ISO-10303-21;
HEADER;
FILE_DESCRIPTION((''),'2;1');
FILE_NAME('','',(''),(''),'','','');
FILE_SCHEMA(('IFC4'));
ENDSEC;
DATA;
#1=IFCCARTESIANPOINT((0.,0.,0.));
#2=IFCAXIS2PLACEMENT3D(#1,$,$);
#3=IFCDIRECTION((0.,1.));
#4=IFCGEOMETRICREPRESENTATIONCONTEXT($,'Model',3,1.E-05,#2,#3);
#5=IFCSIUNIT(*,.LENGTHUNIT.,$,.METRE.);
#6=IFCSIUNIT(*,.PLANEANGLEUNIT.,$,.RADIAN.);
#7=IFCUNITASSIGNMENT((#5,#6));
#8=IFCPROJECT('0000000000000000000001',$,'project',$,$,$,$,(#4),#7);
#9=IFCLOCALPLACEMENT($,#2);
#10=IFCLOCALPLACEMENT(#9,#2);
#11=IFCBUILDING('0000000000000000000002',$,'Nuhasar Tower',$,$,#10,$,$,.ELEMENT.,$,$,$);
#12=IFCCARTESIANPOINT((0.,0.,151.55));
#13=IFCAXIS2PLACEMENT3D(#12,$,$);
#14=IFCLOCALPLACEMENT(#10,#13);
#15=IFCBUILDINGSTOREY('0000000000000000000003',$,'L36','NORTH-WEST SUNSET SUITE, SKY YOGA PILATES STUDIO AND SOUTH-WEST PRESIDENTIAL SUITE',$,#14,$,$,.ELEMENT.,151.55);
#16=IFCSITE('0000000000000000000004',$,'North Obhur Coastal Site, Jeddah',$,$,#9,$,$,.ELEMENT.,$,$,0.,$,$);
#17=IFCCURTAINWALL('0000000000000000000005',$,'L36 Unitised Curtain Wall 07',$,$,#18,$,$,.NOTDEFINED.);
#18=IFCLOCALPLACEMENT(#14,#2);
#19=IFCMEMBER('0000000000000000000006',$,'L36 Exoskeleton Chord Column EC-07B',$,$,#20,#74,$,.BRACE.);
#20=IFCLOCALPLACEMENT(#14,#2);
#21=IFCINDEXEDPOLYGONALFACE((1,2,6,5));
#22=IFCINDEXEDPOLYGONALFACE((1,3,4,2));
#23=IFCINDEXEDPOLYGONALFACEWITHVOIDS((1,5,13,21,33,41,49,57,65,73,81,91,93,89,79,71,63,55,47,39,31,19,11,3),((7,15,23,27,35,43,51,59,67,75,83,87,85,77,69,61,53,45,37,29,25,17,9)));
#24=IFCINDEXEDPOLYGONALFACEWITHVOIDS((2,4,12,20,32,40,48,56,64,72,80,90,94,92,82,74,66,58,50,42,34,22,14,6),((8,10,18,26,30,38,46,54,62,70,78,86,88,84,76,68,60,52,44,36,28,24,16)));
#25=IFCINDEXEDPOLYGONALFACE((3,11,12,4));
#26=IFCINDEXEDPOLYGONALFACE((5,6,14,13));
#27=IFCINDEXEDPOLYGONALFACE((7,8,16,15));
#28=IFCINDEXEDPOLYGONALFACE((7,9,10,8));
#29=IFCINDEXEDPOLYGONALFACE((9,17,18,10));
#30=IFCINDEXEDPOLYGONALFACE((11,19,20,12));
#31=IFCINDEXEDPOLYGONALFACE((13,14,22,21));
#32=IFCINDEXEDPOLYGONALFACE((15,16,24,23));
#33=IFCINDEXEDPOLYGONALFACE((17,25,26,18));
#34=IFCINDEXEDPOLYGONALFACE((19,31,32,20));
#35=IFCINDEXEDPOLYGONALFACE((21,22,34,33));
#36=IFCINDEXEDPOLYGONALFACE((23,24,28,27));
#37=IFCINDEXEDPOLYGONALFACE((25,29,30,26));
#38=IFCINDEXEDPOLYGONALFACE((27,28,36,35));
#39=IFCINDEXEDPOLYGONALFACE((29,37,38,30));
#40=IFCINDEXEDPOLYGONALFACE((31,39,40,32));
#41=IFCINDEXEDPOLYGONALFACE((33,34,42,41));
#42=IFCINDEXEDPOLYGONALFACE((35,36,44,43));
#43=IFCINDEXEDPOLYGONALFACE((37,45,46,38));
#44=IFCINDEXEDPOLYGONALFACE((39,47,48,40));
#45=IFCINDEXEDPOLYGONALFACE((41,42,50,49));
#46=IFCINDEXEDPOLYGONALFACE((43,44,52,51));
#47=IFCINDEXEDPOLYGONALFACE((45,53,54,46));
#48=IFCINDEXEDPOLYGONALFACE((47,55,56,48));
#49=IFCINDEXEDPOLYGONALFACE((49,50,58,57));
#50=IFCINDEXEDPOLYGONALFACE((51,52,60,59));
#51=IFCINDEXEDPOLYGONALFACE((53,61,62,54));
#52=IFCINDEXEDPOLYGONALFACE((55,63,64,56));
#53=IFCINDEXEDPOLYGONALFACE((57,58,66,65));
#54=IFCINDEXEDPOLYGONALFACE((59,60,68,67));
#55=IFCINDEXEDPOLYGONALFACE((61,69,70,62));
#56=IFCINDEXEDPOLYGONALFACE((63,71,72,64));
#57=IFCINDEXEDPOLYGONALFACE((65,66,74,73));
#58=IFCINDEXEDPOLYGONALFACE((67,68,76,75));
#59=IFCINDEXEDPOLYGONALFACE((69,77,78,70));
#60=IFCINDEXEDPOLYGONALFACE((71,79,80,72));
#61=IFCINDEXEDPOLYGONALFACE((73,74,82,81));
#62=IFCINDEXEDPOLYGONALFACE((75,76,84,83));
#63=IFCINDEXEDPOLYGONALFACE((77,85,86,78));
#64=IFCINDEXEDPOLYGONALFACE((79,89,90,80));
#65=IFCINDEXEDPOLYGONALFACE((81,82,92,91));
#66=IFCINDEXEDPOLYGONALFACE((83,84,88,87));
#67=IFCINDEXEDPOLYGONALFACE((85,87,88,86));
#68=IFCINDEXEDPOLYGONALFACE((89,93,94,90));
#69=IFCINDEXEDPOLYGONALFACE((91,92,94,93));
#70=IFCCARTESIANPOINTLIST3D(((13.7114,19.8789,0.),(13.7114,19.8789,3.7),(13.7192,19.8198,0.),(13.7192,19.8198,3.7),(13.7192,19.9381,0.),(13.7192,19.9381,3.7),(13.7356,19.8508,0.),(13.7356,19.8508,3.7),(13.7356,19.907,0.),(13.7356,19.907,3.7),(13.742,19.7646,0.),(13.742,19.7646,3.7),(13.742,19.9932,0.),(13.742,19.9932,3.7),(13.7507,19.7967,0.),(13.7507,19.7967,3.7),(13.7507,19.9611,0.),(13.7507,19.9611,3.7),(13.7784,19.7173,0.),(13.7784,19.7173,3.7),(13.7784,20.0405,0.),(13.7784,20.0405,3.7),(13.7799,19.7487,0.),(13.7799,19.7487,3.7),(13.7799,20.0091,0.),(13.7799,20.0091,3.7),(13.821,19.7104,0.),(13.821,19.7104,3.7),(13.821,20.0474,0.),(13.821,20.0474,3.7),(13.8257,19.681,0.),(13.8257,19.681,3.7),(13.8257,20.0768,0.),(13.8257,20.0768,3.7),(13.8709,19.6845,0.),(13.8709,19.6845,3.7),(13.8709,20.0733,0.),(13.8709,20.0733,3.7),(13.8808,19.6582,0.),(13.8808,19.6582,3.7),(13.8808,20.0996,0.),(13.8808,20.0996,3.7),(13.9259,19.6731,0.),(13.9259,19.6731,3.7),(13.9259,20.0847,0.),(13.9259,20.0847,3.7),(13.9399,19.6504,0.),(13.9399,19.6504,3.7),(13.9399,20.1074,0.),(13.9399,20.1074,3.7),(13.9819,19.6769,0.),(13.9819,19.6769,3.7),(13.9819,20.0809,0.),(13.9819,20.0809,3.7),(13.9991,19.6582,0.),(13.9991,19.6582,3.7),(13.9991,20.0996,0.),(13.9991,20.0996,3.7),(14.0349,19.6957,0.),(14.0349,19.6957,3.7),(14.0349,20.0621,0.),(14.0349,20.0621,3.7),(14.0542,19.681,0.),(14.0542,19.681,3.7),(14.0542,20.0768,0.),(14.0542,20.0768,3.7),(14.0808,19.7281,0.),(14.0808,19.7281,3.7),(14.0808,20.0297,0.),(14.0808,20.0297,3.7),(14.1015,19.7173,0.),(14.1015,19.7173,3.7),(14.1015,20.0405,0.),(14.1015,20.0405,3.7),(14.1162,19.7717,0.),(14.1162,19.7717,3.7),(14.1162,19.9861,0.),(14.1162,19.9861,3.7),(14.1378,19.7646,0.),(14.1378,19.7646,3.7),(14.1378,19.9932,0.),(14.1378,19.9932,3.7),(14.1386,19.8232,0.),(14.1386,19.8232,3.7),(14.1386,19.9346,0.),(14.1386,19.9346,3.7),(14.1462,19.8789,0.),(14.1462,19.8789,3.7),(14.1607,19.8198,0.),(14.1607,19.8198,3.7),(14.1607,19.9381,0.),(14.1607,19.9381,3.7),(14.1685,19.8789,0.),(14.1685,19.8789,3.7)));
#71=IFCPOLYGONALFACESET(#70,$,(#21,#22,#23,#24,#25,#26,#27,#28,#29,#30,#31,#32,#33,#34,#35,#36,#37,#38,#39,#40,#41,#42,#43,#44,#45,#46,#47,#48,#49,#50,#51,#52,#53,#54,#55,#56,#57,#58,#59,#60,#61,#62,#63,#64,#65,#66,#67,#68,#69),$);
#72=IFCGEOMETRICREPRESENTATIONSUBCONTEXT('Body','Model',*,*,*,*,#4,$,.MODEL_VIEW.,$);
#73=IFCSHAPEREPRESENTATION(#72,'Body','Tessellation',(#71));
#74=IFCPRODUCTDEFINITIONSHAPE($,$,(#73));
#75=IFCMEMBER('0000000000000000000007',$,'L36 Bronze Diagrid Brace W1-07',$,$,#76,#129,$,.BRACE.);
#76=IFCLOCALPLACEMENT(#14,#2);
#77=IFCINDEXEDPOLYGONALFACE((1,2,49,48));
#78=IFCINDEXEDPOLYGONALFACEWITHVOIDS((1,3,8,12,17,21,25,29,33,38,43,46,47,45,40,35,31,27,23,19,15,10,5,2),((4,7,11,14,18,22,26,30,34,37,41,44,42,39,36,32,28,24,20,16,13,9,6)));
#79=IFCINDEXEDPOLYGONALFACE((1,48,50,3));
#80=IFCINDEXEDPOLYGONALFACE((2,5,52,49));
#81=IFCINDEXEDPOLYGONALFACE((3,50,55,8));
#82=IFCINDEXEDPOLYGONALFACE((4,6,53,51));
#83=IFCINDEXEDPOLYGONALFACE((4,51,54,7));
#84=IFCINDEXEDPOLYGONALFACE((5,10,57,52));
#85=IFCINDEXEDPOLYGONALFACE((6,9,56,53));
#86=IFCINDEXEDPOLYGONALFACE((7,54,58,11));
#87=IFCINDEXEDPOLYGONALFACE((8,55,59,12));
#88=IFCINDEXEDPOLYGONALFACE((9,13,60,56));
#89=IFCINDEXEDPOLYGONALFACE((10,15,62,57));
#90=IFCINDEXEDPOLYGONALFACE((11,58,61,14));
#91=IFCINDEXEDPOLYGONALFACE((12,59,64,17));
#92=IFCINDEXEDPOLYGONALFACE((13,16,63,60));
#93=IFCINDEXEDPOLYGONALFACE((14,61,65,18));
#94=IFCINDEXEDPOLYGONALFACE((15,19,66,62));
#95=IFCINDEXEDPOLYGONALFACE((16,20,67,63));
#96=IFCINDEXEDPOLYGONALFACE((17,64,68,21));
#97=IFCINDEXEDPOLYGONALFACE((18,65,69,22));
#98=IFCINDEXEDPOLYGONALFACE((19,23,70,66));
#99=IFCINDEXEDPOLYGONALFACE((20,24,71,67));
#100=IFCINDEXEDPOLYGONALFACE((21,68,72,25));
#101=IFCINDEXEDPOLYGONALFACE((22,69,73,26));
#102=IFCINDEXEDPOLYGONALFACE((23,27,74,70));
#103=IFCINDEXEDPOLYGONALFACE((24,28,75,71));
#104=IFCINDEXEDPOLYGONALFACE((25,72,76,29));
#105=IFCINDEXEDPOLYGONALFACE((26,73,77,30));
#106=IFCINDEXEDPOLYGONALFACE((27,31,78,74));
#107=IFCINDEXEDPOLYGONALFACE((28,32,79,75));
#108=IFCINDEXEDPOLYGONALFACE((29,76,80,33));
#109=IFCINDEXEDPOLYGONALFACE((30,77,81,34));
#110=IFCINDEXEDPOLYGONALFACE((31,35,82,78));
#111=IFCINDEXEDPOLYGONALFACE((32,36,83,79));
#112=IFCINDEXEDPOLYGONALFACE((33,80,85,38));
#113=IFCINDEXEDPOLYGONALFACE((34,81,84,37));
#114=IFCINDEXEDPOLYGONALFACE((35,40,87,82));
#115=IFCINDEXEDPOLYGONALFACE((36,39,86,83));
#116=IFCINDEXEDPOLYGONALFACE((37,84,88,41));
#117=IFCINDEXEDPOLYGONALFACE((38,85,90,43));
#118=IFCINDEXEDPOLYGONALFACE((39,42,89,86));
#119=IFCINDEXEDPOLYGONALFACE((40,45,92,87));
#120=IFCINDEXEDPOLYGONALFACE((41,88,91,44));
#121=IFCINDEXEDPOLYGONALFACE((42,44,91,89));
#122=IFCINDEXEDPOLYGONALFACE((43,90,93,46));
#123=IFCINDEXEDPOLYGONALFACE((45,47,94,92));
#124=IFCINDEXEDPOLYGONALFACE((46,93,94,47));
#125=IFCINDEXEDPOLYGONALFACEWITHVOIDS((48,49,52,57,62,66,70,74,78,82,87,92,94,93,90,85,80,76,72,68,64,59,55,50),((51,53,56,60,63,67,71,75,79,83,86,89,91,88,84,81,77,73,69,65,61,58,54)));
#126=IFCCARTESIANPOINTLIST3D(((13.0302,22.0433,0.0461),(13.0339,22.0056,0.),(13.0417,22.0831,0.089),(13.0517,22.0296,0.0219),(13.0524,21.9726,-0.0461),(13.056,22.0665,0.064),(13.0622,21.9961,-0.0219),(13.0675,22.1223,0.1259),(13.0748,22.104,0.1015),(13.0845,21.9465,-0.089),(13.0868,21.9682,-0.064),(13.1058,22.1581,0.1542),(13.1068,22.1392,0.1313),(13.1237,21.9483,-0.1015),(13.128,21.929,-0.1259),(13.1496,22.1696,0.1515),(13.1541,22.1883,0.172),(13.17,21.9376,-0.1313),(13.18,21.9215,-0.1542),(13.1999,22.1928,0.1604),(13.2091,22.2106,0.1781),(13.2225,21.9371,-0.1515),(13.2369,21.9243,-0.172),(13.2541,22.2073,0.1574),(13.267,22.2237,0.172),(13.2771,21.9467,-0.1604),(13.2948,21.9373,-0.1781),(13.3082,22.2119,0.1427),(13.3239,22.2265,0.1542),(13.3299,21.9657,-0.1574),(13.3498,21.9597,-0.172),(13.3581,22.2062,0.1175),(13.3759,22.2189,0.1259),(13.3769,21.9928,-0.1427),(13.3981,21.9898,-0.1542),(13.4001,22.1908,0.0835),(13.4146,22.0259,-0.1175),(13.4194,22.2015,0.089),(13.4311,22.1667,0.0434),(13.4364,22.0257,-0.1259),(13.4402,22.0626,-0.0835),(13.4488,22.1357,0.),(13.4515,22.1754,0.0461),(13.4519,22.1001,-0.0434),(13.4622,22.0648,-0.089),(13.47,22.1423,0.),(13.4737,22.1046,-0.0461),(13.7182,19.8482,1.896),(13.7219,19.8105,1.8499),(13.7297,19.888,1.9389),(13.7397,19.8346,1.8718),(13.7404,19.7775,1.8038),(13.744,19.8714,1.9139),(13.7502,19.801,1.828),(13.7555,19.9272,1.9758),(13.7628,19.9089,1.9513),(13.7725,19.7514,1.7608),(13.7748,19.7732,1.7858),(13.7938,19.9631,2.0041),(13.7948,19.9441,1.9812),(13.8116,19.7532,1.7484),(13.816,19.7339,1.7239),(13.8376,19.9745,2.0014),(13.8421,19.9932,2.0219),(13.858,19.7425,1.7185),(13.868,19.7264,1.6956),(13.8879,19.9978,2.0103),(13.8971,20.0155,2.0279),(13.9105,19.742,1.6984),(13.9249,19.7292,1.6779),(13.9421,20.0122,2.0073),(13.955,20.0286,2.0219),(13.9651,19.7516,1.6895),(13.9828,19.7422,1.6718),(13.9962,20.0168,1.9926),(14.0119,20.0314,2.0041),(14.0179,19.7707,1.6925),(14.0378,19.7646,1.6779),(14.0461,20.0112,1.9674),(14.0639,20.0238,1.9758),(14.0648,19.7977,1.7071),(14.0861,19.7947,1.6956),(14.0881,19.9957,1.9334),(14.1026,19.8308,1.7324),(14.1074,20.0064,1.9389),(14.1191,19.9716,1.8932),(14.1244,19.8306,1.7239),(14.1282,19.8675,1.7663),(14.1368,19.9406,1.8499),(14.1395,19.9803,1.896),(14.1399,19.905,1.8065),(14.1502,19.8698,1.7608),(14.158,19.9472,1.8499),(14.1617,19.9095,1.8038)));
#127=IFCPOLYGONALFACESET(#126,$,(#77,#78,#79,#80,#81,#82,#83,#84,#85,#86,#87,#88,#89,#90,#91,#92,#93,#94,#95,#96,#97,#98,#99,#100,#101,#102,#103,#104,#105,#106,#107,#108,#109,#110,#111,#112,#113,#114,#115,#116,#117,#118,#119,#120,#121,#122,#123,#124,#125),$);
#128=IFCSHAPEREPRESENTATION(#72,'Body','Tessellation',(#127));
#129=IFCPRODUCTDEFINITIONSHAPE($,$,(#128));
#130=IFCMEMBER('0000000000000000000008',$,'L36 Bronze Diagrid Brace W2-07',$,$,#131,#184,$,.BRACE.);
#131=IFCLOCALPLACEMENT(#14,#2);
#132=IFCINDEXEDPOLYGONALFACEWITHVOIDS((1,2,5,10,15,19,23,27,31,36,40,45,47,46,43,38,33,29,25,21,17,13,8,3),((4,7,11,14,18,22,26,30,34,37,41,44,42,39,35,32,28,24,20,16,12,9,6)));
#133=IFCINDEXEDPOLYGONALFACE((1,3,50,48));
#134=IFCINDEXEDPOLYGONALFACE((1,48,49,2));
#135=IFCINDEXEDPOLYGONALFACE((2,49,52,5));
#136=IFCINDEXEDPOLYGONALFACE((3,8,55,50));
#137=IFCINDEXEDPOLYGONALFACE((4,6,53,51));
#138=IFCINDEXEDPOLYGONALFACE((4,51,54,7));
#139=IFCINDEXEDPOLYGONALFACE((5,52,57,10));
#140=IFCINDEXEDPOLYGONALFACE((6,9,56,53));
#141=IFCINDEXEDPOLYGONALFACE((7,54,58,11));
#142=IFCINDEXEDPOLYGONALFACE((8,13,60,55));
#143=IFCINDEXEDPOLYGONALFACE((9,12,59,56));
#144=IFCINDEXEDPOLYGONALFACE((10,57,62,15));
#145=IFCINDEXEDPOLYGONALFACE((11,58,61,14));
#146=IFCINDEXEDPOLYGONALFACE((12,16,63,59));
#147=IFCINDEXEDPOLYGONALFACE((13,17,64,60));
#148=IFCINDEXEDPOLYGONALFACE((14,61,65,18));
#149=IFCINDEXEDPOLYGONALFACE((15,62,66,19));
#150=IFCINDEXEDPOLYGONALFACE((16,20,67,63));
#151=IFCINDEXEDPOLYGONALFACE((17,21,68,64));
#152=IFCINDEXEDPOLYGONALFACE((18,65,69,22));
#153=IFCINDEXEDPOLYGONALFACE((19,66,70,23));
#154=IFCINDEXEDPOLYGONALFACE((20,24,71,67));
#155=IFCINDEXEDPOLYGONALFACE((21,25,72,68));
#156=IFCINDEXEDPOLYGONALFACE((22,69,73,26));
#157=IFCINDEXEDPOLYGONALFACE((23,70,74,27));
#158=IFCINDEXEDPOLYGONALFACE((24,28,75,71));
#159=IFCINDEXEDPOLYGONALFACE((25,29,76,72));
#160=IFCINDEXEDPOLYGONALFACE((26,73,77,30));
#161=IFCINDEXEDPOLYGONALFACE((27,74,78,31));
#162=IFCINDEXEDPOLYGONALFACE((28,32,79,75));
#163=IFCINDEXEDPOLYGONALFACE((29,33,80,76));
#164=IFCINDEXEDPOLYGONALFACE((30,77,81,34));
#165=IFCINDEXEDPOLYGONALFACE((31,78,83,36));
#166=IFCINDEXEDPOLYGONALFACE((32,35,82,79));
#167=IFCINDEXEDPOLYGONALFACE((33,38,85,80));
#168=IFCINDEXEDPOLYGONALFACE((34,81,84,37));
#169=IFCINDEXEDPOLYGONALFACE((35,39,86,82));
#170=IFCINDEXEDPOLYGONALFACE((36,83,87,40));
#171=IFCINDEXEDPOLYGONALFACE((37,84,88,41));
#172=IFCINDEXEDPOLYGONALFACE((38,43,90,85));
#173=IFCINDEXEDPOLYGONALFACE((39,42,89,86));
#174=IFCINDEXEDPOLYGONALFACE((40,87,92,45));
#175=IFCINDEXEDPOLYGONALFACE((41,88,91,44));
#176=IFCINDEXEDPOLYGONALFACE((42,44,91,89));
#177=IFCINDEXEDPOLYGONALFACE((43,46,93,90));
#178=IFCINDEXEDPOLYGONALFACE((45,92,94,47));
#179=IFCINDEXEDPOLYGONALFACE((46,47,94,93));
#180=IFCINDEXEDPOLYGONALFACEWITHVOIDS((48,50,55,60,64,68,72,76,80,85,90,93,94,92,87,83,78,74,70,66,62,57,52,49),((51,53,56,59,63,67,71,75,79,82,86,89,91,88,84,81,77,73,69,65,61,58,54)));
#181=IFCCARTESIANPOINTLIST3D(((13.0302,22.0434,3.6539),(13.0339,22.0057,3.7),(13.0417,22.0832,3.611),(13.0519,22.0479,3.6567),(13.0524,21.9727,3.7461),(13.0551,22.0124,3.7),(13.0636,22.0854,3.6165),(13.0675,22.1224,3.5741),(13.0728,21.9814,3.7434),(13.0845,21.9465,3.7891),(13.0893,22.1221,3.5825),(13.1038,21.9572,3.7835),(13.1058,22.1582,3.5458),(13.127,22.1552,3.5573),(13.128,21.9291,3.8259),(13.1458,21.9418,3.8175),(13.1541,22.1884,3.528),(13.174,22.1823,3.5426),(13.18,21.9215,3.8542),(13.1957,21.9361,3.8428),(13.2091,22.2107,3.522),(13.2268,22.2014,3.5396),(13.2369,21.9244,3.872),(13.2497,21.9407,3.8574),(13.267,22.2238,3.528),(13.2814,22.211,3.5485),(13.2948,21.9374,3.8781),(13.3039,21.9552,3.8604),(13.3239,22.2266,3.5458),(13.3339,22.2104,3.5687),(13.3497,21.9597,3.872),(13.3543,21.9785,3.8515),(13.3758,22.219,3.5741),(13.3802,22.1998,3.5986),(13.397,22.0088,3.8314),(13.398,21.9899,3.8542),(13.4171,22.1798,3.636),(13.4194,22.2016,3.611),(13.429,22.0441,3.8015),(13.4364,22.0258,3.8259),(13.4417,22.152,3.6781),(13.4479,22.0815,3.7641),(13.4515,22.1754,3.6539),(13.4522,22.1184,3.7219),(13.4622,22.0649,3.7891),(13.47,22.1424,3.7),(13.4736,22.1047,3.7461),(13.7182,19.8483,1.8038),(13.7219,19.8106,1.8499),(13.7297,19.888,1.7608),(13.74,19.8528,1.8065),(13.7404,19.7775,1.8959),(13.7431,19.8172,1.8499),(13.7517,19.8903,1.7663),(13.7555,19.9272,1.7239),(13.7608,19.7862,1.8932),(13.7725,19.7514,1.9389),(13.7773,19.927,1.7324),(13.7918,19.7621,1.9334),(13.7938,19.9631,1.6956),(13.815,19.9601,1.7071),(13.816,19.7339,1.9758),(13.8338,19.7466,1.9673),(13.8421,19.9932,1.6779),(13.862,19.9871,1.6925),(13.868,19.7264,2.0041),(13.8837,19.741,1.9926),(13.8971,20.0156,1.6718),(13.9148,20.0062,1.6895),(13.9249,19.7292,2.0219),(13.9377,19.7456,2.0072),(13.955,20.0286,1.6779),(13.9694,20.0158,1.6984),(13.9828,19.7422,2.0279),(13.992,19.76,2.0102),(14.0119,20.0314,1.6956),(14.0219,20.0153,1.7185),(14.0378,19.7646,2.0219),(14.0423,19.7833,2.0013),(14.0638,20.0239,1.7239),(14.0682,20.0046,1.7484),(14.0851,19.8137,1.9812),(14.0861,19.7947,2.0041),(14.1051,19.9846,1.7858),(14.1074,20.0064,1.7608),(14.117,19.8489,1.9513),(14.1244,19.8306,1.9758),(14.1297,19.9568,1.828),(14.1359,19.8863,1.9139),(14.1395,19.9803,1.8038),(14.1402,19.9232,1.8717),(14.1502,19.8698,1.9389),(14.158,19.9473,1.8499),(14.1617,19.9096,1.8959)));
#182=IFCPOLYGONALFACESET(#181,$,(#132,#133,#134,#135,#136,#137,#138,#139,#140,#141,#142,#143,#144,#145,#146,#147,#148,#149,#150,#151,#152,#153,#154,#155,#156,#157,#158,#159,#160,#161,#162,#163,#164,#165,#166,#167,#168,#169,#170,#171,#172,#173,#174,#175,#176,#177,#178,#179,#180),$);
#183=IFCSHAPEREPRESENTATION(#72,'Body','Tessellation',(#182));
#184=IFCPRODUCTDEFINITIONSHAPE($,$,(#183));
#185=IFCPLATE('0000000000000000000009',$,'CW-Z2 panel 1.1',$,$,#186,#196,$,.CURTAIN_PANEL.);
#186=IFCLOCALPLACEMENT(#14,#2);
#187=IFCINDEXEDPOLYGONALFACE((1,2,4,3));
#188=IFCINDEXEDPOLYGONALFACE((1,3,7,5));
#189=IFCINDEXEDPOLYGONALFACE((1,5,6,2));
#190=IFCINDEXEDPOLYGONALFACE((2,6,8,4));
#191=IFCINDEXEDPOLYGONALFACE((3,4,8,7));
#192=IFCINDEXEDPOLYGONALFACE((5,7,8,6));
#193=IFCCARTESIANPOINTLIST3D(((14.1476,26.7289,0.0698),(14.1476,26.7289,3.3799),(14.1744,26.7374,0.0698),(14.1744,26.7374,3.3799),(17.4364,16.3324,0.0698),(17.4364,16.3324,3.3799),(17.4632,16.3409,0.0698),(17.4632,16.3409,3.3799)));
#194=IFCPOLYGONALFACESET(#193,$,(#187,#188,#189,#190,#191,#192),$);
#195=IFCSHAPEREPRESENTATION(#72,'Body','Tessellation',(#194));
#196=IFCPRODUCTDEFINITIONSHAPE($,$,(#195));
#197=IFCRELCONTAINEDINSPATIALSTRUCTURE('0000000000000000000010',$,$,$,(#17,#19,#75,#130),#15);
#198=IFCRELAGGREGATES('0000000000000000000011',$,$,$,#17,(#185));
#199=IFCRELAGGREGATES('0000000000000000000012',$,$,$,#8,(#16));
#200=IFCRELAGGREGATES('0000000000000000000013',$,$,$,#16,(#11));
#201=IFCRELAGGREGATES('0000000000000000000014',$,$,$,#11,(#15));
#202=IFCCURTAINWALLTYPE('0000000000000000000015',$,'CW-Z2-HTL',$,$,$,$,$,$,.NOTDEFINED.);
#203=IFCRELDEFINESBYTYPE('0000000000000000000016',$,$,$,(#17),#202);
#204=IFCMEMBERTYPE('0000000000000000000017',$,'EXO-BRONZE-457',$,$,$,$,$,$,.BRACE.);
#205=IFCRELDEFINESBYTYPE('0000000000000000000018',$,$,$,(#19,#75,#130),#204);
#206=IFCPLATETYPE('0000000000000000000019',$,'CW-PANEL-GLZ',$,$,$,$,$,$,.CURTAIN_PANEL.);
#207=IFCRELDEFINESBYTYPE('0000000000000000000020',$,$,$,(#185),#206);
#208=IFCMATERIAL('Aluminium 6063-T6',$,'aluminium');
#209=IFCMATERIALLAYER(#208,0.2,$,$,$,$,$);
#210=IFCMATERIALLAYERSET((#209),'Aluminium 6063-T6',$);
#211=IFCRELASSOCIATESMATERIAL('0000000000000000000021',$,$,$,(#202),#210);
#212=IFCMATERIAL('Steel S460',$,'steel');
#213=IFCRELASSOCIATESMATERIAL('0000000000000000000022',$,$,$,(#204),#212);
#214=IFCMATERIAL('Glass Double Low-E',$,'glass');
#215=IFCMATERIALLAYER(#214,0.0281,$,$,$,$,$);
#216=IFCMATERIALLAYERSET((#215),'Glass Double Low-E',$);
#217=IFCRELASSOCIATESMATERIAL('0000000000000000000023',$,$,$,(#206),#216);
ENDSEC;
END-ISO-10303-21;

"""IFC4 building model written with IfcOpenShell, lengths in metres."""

from ifc_helpers import new_model, si_unit, direction, frame, origin, origin_2d, place, context, subcontext, project, spatial, rectangle, hollow_circle, extrude, material, layer, layer_set, material_profile, profile_set, type_object, element, aggregate, save


model = new_model("IFC4")

# Units and contexts
model_context = context("Model", 3, precision=1e-05, world=origin(), true_north=direction((0.0, 1.0)))
body_context = subcontext(model_context, "Body", "Model", "MODEL_VIEW")
ifc_project = project(units=[si_unit("LENGTHUNIT", "METRE"), si_unit("PLANEANGLEUNIT", "RADIAN")], contexts=[model_context])

# Site, building, storey
site_placement = place(None, origin())
site = spatial("IfcSite", under=ifc_project, at=site_placement, Name="North Obhur Coastal Site, Jeddah", CompositionType="ELEMENT", RefElevation=0.0)
building_placement = place(site_placement, origin())
building = spatial("IfcBuilding", under=site, at=building_placement, Name="Nuhasar Tower", CompositionType="ELEMENT")
storey_placement = place(building_placement, frame((0.0, 0.0, 151.55)))
storey = spatial("IfcBuildingStorey", under=building, at=storey_placement, Name="L36", Description="NORTH-WEST SUNSET SUITE, SKY YOGA PILATES STUDIO AND SOUTH-WEST PRESIDENTIAL SUITE", CompositionType="ELEMENT", Elevation=151.55)

# Curtain wall
ifc_material_1 = material(Name="Aluminium 6063-T6", Category="aluminium")
ifc_layer_1 = layer(ifc_material_1, 0.2)
ifc_layer_set_1 = layer_set([ifc_layer_1], Name="Aluminium 6063-T6")
curtain_wall_type = type_object("IfcCurtainWallType", Name="CW-Z2-HTL", PredefinedType="NOTDEFINED", material=ifc_layer_set_1)
curtain_wall_1_placement = place(storey_placement, origin())
curtain_wall_1 = element("IfcCurtainWall", 1, at=curtain_wall_1_placement, inside=storey, type_object=curtain_wall_type, Name="L36 Unitised Curtain Wall 07", PredefinedType="NOTDEFINED")

# Members
ifc_material_2 = material(Name="Steel S460", Category="steel")
ifc_material_profile_1 = material_profile(ifc_material_2, hollow_circle(Radius=0.2285, WallThickness=0.0222, at=origin_2d()), Name="HSS457X22.2")
ifc_profile_set_1 = profile_set([ifc_material_profile_1], Name="Steel S460")
member_type_1 = type_object("IfcMemberType", Name="EXO-BRONZE-457", PredefinedType="BRACE", material=ifc_profile_set_1)
for number, where, z_axis, x_axis, name in (
    (2, (13.9399, 19.8789, 0.0), (0.0, 0.0, 1.0), (1.0, 0.0, 0.0), "L36 Exoskeleton Chord Column EC-07B"),
):
    element("IfcMember", number, at=place(storey_placement, frame(where, z_axis=z_axis, x_axis=x_axis)), inside=storey, type_object=member_type_1, Name=name, PredefinedType="BRACE", context=body_context, shape_type="SweptSolid", body=[
        extrude(hollow_circle(Radius=0.2285, WallThickness=0.0222, at=origin_2d()), origin(), (0.0, 0.0, 1.0), 3.7),
    ])
member_1_placement = place(storey_placement, frame((13.252, 22.074, 0.0), z_axis=(0.233068, -0.743616, 0.626669), x_axis=(0.954228, 0.299079, 0.0)))
element("IfcMember", 3, at=member_1_placement, inside=storey, type_object=member_type_1, Name="L36 Bronze Diagrid Brace W1-07", PredefinedType="BRACE", context=body_context, shape_type="SweptSolid", body=[
    extrude(hollow_circle(Radius=0.2285, WallThickness=0.0222, at=origin_2d()), origin(), (0.0, 0.0, 1.0), 2.9519),
])
member_2_placement = place(storey_placement, frame((13.9399, 19.8789, 1.8499), z_axis=(-0.233056, 0.743578, 0.626719), x_axis=(-0.954228, -0.299079, 0.0)))
element("IfcMember", 4, at=member_2_placement, inside=storey, type_object=member_type_1, Name="L36 Bronze Diagrid Brace W2-07", PredefinedType="BRACE", context=body_context, shape_type="SweptSolid", body=[
    extrude(hollow_circle(Radius=0.2285, WallThickness=0.0222, at=origin_2d()), origin(), (0.0, 0.0, 1.0), 2.9521),
])

# Plate
ifc_material_3 = material(Name="Glass Double Low-E", Category="glass")
ifc_layer_2 = layer(ifc_material_3, 0.0281)
ifc_layer_set_2 = layer_set([ifc_layer_2], Name="Glass Double Low-E")
plate_type = type_object("IfcPlateType", Name="CW-PANEL-GLZ", PredefinedType="CURTAIN_PANEL", material=ifc_layer_set_2)
plate_placement = place(storey_placement, frame((15.8054, 21.5349, 0.0698), z_axis=(0.0, 0.0, 1.0), x_axis=(0.301604, -0.953433, 0.0)))
plate = element("IfcPlate", 5, at=plate_placement, type_object=plate_type, Name="CW-Z2 panel 1.1", PredefinedType="CURTAIN_PANEL", context=body_context, shape_type="SweptSolid", body=[
    extrude(rectangle(XDim=10.9043, YDim=0.0281, at=origin_2d()), origin(), (0.0, 0.0, 1.0), 3.3101),
])
aggregate(curtain_wall_1, [plate])

save(model, "model.ifc")
